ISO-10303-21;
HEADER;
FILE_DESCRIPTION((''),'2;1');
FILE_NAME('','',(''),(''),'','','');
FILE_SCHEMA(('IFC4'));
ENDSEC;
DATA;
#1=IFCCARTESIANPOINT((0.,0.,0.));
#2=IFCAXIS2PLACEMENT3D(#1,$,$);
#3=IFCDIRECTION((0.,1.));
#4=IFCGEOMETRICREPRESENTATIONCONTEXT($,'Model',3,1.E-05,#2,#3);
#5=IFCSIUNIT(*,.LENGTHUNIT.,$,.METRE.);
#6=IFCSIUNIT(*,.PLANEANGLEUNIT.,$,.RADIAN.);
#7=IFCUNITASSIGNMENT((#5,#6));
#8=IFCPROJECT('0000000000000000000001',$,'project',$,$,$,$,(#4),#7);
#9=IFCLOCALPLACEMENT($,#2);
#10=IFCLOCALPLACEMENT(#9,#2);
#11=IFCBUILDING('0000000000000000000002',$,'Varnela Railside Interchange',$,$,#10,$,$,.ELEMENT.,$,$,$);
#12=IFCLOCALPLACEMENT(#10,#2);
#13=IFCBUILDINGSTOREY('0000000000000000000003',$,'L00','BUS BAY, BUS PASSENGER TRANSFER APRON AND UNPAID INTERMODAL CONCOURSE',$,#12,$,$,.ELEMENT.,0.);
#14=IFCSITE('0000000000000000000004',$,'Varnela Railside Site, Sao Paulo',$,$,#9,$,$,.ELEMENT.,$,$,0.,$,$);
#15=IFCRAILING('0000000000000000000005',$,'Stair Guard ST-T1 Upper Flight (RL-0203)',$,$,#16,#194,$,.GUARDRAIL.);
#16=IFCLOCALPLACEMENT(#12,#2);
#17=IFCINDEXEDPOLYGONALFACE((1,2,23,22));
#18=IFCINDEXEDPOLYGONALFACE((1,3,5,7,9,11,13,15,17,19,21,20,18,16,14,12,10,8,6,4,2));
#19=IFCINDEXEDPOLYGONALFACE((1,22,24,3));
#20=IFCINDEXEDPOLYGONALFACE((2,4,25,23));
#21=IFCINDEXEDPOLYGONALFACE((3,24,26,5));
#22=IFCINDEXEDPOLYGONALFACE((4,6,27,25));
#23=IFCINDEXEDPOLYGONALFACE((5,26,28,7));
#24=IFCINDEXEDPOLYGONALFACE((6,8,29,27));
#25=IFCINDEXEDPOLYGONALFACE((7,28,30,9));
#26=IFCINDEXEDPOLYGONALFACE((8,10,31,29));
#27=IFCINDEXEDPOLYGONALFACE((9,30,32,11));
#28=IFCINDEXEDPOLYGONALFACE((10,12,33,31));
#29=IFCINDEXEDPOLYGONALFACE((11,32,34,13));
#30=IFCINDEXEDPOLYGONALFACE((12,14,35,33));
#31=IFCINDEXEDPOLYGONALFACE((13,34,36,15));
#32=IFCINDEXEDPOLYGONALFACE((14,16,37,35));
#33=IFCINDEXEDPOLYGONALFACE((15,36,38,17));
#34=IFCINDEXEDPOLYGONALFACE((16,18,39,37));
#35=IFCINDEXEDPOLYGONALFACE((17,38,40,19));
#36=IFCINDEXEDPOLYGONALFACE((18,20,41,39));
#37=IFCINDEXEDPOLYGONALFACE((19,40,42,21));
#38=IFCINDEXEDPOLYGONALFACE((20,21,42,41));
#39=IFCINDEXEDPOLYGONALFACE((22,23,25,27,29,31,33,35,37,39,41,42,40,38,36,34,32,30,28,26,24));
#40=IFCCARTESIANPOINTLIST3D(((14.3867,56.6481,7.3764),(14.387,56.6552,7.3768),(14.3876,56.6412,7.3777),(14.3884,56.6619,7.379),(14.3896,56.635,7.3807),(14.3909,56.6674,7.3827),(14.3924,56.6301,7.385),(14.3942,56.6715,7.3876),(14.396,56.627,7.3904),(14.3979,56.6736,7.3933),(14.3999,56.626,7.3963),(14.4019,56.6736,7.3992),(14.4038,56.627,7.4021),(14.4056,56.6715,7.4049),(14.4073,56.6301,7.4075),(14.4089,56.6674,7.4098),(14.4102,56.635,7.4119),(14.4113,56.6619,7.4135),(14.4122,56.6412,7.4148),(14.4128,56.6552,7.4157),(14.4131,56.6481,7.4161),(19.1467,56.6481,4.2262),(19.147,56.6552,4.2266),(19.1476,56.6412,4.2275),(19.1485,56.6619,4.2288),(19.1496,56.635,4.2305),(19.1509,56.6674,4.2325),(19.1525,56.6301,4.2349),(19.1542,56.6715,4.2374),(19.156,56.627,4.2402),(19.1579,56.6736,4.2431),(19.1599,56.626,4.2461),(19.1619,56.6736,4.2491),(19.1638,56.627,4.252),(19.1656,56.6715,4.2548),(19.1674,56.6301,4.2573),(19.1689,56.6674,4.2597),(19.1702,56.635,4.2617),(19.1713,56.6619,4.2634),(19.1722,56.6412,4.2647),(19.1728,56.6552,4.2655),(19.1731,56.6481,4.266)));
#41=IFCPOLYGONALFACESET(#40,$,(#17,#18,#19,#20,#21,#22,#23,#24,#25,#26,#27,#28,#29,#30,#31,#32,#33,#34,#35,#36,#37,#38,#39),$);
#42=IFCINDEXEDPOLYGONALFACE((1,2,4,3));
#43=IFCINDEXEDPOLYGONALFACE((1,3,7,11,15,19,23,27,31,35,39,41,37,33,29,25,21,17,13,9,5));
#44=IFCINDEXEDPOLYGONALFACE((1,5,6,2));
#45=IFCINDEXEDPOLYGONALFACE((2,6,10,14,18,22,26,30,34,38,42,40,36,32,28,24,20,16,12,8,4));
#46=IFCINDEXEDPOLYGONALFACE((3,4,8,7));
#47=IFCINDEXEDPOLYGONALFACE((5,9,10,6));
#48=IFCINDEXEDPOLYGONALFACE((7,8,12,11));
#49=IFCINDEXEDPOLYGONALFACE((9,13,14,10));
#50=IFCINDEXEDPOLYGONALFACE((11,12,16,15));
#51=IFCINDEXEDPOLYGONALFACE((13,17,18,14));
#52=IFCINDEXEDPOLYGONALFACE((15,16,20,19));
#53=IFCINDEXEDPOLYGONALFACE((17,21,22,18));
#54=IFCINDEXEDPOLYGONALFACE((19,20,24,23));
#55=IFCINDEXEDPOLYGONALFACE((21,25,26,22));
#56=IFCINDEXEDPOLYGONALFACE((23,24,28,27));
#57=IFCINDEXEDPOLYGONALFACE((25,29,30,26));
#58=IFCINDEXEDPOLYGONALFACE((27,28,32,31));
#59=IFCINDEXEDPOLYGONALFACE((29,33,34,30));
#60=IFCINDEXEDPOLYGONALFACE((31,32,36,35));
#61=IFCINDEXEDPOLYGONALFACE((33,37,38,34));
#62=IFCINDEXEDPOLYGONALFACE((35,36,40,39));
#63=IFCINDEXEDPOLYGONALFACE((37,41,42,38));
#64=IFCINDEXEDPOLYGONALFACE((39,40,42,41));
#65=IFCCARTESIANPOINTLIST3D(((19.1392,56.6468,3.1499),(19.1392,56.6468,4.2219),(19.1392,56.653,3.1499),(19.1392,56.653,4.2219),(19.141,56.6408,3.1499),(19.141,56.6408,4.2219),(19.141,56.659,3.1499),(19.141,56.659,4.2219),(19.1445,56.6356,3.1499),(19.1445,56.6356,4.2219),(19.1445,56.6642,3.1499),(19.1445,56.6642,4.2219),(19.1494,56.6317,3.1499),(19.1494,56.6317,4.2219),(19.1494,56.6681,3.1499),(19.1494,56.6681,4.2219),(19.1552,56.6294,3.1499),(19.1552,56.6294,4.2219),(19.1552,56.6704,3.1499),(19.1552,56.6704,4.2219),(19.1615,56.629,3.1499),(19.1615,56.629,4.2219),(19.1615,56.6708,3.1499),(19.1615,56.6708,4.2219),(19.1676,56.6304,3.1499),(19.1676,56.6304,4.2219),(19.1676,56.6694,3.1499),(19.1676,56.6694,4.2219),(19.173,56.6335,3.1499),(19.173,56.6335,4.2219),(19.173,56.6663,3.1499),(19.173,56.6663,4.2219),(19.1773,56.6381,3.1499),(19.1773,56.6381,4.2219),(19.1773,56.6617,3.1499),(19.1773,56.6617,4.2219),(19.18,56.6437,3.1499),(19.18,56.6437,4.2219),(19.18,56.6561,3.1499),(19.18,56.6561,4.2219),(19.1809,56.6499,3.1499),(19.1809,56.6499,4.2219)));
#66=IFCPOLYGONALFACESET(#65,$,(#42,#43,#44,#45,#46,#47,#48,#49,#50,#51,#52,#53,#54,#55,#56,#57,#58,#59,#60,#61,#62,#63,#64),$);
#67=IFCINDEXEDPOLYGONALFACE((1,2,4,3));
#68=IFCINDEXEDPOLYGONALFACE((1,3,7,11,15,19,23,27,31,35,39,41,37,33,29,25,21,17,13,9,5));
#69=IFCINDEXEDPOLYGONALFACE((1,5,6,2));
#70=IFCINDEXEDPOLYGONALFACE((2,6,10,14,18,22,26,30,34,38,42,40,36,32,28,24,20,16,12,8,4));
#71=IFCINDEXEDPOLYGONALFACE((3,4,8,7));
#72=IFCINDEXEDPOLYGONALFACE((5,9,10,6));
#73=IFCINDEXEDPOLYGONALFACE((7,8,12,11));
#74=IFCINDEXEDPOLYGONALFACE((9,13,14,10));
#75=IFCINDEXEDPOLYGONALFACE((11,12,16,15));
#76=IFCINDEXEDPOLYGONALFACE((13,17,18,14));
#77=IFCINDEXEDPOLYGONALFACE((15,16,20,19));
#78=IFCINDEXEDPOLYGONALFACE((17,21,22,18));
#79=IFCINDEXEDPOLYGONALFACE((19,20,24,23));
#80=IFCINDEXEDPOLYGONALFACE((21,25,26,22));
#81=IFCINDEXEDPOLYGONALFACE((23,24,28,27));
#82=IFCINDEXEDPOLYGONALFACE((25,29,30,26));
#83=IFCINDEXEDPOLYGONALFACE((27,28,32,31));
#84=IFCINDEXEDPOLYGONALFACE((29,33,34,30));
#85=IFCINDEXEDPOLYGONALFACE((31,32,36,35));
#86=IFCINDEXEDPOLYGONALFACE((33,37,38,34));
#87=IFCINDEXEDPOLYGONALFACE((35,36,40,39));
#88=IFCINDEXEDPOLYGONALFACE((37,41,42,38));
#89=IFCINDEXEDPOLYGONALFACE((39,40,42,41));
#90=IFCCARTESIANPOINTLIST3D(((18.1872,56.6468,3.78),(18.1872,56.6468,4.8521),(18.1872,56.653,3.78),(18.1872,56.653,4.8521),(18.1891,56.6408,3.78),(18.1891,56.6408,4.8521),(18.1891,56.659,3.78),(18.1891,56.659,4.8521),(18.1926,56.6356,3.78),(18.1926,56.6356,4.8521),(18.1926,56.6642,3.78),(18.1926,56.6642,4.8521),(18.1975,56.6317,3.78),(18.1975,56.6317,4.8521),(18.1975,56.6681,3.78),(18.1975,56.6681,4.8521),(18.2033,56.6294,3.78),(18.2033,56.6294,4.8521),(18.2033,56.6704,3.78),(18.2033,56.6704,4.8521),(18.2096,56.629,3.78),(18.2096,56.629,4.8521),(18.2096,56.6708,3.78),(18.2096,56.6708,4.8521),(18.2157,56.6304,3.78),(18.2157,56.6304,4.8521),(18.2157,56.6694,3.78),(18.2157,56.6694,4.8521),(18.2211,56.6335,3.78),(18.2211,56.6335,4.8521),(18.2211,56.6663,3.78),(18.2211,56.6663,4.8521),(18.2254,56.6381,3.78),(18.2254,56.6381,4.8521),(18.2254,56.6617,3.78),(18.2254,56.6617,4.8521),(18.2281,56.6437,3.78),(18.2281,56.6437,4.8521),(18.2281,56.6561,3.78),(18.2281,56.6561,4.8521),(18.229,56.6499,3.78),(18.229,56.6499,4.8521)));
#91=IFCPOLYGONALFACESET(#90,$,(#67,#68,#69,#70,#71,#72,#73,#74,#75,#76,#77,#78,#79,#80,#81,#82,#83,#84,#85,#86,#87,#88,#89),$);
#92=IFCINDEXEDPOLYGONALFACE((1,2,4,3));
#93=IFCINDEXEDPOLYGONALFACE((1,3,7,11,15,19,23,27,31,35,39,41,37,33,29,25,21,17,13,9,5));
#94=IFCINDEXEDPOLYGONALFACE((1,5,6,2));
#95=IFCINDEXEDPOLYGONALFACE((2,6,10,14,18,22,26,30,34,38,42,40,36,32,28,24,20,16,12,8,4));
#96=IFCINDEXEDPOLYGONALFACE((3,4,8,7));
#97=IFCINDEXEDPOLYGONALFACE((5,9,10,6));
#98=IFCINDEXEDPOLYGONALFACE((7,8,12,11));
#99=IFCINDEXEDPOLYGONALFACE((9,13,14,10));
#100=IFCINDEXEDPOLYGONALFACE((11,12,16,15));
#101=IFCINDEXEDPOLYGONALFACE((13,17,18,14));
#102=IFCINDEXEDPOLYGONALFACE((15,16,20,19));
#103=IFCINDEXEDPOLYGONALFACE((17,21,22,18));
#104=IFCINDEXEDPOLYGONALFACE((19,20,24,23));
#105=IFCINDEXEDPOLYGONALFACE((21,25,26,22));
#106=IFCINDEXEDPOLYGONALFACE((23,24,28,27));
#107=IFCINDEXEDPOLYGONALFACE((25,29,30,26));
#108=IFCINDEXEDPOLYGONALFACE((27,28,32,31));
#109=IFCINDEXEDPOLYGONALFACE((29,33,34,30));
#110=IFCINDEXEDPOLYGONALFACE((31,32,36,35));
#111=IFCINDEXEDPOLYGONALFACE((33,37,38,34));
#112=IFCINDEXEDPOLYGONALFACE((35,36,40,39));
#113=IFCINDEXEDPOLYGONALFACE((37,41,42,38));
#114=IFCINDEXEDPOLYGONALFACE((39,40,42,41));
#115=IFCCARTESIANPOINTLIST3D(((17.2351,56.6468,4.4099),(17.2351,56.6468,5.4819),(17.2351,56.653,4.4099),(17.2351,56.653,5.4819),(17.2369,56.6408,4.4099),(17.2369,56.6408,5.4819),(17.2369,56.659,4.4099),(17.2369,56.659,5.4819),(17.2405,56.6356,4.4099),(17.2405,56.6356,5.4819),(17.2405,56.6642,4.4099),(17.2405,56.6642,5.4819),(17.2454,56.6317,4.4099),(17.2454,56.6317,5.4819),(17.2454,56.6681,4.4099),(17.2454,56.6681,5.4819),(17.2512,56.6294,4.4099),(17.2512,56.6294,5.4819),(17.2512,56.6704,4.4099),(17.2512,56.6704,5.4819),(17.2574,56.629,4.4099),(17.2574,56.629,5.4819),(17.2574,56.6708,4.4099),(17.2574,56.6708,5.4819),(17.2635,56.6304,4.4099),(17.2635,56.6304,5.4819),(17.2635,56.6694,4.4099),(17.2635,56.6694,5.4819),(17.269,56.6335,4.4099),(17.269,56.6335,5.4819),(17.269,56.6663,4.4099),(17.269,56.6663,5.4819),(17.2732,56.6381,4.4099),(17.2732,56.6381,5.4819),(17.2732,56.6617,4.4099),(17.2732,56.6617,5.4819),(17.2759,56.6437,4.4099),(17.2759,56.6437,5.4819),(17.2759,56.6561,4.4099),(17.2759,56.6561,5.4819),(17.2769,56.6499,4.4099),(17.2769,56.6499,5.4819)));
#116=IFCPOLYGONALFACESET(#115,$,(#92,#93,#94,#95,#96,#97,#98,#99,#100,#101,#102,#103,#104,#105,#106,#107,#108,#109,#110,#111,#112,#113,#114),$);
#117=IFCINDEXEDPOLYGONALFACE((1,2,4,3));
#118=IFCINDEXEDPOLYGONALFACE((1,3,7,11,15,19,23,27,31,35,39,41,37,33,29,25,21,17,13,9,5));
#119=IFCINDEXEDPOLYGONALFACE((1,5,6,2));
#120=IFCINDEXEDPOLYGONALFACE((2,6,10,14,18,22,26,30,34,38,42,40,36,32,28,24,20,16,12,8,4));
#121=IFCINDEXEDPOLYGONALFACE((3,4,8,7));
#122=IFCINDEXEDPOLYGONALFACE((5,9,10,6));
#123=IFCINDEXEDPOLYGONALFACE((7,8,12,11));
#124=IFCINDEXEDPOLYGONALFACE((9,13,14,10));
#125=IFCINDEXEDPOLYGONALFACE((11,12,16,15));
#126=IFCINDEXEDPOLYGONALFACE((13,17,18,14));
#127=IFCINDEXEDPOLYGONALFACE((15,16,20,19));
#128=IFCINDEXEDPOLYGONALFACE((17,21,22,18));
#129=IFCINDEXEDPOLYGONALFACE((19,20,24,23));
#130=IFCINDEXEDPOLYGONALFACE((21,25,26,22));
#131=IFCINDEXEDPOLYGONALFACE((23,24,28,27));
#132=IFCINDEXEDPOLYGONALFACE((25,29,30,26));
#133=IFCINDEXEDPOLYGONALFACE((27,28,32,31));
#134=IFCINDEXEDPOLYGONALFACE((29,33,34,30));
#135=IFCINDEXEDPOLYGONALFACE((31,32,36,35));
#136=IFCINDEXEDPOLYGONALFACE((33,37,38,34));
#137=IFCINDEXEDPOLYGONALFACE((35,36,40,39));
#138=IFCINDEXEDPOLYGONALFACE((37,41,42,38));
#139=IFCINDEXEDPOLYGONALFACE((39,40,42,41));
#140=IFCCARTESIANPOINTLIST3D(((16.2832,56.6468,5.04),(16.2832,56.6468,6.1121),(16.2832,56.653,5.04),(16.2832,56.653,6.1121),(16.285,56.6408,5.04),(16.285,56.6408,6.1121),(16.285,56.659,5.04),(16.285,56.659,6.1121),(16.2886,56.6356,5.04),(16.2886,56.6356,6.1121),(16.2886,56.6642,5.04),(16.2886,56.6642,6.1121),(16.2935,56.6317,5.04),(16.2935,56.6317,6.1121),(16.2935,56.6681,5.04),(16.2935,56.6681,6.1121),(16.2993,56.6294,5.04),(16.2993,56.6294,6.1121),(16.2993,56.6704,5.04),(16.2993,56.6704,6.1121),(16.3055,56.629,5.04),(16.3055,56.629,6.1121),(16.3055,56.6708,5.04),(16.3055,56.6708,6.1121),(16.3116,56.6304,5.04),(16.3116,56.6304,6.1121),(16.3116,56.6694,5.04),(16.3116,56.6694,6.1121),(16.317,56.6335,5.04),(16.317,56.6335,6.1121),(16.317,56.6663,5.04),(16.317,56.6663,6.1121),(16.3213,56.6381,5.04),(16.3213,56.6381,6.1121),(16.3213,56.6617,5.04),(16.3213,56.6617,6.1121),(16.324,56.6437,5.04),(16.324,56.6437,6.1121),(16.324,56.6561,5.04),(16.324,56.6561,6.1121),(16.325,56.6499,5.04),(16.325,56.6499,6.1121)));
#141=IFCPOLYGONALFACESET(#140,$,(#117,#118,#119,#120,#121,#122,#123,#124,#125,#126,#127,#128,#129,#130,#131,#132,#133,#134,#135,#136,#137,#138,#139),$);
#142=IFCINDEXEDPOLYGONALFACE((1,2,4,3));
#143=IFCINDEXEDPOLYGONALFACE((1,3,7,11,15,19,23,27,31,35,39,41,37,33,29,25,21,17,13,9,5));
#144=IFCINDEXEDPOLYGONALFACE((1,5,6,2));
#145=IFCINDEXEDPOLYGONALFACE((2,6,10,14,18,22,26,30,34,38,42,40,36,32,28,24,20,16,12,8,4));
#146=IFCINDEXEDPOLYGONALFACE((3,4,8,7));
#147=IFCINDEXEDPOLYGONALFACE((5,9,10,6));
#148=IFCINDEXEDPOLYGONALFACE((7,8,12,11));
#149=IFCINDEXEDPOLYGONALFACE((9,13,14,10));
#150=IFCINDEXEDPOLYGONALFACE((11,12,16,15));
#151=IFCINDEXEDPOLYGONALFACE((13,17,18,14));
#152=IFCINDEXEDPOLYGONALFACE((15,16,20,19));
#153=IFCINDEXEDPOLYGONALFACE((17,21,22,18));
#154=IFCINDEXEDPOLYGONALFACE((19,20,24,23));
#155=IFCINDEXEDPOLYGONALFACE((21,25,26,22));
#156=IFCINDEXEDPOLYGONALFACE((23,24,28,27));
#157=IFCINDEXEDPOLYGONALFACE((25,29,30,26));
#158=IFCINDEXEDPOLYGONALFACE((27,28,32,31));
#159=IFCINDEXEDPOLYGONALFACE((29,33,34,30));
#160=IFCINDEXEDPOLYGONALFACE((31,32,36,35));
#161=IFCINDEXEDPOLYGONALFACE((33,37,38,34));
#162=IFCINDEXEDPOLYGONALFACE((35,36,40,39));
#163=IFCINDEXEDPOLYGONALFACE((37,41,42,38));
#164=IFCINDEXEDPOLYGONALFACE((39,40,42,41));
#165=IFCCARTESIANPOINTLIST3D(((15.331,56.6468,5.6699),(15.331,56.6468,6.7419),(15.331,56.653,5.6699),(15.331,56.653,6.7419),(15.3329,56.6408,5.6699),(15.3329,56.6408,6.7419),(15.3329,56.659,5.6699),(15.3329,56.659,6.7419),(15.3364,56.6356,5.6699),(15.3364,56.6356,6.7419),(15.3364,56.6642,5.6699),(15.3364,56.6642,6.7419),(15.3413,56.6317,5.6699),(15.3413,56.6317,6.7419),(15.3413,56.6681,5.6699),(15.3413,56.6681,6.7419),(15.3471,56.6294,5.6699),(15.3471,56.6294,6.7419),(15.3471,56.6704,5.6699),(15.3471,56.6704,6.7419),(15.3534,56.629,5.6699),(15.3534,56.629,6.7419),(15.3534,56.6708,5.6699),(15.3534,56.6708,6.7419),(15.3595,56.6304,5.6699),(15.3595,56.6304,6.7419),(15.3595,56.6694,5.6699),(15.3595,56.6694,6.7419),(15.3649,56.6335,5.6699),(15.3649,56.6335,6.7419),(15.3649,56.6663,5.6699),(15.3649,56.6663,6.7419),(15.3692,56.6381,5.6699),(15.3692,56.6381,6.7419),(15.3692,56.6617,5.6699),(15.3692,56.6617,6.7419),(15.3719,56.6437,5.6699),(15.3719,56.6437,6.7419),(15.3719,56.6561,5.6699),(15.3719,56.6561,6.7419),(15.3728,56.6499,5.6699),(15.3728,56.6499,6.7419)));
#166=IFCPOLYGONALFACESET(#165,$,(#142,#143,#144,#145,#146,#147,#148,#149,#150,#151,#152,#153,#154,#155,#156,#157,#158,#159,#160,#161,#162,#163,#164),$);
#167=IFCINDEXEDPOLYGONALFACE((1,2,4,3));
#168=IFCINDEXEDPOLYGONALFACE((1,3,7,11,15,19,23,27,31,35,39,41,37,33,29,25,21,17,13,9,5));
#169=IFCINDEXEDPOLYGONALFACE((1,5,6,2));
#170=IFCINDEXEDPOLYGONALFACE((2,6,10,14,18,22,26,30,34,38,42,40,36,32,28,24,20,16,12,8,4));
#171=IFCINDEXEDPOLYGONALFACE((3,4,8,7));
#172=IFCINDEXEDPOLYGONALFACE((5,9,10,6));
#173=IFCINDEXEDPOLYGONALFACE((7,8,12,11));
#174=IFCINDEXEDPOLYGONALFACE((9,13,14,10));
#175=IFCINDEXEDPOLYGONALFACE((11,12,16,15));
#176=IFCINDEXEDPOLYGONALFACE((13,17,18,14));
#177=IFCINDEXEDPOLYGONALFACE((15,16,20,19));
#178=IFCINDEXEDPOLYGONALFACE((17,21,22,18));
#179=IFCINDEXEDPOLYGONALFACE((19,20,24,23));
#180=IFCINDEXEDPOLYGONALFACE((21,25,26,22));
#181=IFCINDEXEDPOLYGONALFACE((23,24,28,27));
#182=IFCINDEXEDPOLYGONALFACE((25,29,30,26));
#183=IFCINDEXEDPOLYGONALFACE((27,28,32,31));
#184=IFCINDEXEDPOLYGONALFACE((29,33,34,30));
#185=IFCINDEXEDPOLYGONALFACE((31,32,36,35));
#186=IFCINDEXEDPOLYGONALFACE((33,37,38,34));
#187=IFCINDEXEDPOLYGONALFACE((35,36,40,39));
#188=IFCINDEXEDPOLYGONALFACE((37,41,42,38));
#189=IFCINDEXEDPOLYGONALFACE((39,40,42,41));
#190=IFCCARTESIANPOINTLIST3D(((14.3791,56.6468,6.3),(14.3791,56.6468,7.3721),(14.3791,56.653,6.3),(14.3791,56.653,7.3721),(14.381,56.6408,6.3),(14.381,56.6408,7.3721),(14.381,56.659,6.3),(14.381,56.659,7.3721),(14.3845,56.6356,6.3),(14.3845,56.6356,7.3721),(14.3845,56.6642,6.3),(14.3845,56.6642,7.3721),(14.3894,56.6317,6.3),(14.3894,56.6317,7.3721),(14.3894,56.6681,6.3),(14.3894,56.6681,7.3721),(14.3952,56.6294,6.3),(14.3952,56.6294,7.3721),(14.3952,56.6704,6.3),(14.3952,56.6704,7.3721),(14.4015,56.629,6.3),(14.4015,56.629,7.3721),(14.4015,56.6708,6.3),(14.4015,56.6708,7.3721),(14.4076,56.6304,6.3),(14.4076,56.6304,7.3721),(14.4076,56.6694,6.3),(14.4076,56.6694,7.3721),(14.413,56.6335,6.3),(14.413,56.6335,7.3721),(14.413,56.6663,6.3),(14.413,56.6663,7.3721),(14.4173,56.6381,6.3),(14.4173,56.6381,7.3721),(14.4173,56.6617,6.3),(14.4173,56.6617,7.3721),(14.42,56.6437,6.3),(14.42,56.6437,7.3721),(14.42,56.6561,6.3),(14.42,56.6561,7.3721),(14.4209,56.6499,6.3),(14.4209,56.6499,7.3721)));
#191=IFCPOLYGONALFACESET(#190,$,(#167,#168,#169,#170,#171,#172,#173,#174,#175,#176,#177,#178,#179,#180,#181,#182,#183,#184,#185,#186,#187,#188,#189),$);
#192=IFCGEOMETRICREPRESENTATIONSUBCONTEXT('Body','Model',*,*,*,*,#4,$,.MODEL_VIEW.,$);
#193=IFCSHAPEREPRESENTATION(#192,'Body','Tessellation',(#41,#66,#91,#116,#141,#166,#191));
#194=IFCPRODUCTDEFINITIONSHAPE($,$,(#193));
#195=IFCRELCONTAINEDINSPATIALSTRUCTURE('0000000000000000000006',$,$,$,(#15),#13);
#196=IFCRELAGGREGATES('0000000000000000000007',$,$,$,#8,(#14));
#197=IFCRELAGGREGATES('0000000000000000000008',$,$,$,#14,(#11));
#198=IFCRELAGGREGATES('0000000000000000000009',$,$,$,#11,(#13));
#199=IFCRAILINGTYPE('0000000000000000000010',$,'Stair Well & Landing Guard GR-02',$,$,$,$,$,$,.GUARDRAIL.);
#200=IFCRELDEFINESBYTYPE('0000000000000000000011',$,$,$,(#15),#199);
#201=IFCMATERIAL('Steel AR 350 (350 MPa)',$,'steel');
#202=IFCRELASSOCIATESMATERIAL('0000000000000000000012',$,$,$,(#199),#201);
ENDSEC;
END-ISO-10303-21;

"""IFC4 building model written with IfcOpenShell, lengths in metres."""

from ifc_helpers import new_model, si_unit, direction, frame, origin, origin_2d, place, context, subcontext, project, spatial, circle, extrude, material, type_object, element, save


model = new_model("IFC4")

# Units and contexts
model_context = context("Model", 3, precision=1e-05, world=origin(), true_north=direction((0.0, 1.0)))
body_context = subcontext(model_context, "Body", "Model", "MODEL_VIEW")
ifc_project = project(units=[si_unit("LENGTHUNIT", "METRE"), si_unit("PLANEANGLEUNIT", "RADIAN")], contexts=[model_context])

# Site, building, storey
site_placement = place(None, origin())
site = spatial("IfcSite", under=ifc_project, at=site_placement, Name="Varnela Railside Site, Sao Paulo", CompositionType="ELEMENT", RefElevation=0.0)
building_placement = place(site_placement, origin())
building = spatial("IfcBuilding", under=site, at=building_placement, Name="Varnela Railside Interchange", CompositionType="ELEMENT")
storey_placement = place(building_placement, origin())
storey = spatial("IfcBuildingStorey", under=building, at=storey_placement, Name="L00", Description="BUS BAY, BUS PASSENGER TRANSFER APRON AND UNPAID INTERMODAL CONCOURSE", CompositionType="ELEMENT", Elevation=0.0)

# Shared definitions
ifc_material_1 = material(Name="Steel AR 350 (350 MPa)", Category="steel")

# Railing
railing_type_1 = type_object("IfcRailingType", Name="Stair Well & Landing Guard GR-02", PredefinedType="GUARDRAIL", material=ifc_material_1)
railing_1_placement = place(storey_placement, frame((19.1599, 56.6499, 3.1499)))
element("IfcRailing", 1, at=railing_1_placement, inside=storey, type_object=railing_type_1, Name="Stair Guard ST-T1 Upper Flight (RL-0203)", PredefinedType="GUARDRAIL", context=body_context, shape_type="SweptSolid", body=[
    extrude(circle(Radius=0.0239, at=origin_2d()), frame((0.0, 0.0, 1.0962), z_axis=(-0.833921, 0.0, 0.551884), x_axis=(0.0, -1.0, 0.0)), (0.0, 0.0, 1.0), 5.708),
    extrude(circle(Radius=0.021, at=origin_2d()), origin(), (0.0, 0.0, 1.0), 1.072),
    extrude(circle(Radius=0.021, at=origin_2d()), frame((-0.9519, 0.0, 0.6301)), (0.0, 0.0, 1.0), 1.072),
    extrude(circle(Radius=0.021, at=origin_2d()), frame((-1.9041, 0.0, 1.26)), (0.0, 0.0, 1.0), 1.072),
    extrude(circle(Radius=0.021, at=origin_2d()), frame((-2.856, 0.0, 1.8901)), (0.0, 0.0, 1.0), 1.072),
    extrude(circle(Radius=0.021, at=origin_2d()), frame((-3.8081, 0.0, 2.52)), (0.0, 0.0, 1.0), 1.072),
    extrude(circle(Radius=0.021, at=origin_2d()), frame((-4.76, 0.0, 3.1501)), (0.0, 0.0, 1.0), 1.072),
])

save(model, "model.ifc")
